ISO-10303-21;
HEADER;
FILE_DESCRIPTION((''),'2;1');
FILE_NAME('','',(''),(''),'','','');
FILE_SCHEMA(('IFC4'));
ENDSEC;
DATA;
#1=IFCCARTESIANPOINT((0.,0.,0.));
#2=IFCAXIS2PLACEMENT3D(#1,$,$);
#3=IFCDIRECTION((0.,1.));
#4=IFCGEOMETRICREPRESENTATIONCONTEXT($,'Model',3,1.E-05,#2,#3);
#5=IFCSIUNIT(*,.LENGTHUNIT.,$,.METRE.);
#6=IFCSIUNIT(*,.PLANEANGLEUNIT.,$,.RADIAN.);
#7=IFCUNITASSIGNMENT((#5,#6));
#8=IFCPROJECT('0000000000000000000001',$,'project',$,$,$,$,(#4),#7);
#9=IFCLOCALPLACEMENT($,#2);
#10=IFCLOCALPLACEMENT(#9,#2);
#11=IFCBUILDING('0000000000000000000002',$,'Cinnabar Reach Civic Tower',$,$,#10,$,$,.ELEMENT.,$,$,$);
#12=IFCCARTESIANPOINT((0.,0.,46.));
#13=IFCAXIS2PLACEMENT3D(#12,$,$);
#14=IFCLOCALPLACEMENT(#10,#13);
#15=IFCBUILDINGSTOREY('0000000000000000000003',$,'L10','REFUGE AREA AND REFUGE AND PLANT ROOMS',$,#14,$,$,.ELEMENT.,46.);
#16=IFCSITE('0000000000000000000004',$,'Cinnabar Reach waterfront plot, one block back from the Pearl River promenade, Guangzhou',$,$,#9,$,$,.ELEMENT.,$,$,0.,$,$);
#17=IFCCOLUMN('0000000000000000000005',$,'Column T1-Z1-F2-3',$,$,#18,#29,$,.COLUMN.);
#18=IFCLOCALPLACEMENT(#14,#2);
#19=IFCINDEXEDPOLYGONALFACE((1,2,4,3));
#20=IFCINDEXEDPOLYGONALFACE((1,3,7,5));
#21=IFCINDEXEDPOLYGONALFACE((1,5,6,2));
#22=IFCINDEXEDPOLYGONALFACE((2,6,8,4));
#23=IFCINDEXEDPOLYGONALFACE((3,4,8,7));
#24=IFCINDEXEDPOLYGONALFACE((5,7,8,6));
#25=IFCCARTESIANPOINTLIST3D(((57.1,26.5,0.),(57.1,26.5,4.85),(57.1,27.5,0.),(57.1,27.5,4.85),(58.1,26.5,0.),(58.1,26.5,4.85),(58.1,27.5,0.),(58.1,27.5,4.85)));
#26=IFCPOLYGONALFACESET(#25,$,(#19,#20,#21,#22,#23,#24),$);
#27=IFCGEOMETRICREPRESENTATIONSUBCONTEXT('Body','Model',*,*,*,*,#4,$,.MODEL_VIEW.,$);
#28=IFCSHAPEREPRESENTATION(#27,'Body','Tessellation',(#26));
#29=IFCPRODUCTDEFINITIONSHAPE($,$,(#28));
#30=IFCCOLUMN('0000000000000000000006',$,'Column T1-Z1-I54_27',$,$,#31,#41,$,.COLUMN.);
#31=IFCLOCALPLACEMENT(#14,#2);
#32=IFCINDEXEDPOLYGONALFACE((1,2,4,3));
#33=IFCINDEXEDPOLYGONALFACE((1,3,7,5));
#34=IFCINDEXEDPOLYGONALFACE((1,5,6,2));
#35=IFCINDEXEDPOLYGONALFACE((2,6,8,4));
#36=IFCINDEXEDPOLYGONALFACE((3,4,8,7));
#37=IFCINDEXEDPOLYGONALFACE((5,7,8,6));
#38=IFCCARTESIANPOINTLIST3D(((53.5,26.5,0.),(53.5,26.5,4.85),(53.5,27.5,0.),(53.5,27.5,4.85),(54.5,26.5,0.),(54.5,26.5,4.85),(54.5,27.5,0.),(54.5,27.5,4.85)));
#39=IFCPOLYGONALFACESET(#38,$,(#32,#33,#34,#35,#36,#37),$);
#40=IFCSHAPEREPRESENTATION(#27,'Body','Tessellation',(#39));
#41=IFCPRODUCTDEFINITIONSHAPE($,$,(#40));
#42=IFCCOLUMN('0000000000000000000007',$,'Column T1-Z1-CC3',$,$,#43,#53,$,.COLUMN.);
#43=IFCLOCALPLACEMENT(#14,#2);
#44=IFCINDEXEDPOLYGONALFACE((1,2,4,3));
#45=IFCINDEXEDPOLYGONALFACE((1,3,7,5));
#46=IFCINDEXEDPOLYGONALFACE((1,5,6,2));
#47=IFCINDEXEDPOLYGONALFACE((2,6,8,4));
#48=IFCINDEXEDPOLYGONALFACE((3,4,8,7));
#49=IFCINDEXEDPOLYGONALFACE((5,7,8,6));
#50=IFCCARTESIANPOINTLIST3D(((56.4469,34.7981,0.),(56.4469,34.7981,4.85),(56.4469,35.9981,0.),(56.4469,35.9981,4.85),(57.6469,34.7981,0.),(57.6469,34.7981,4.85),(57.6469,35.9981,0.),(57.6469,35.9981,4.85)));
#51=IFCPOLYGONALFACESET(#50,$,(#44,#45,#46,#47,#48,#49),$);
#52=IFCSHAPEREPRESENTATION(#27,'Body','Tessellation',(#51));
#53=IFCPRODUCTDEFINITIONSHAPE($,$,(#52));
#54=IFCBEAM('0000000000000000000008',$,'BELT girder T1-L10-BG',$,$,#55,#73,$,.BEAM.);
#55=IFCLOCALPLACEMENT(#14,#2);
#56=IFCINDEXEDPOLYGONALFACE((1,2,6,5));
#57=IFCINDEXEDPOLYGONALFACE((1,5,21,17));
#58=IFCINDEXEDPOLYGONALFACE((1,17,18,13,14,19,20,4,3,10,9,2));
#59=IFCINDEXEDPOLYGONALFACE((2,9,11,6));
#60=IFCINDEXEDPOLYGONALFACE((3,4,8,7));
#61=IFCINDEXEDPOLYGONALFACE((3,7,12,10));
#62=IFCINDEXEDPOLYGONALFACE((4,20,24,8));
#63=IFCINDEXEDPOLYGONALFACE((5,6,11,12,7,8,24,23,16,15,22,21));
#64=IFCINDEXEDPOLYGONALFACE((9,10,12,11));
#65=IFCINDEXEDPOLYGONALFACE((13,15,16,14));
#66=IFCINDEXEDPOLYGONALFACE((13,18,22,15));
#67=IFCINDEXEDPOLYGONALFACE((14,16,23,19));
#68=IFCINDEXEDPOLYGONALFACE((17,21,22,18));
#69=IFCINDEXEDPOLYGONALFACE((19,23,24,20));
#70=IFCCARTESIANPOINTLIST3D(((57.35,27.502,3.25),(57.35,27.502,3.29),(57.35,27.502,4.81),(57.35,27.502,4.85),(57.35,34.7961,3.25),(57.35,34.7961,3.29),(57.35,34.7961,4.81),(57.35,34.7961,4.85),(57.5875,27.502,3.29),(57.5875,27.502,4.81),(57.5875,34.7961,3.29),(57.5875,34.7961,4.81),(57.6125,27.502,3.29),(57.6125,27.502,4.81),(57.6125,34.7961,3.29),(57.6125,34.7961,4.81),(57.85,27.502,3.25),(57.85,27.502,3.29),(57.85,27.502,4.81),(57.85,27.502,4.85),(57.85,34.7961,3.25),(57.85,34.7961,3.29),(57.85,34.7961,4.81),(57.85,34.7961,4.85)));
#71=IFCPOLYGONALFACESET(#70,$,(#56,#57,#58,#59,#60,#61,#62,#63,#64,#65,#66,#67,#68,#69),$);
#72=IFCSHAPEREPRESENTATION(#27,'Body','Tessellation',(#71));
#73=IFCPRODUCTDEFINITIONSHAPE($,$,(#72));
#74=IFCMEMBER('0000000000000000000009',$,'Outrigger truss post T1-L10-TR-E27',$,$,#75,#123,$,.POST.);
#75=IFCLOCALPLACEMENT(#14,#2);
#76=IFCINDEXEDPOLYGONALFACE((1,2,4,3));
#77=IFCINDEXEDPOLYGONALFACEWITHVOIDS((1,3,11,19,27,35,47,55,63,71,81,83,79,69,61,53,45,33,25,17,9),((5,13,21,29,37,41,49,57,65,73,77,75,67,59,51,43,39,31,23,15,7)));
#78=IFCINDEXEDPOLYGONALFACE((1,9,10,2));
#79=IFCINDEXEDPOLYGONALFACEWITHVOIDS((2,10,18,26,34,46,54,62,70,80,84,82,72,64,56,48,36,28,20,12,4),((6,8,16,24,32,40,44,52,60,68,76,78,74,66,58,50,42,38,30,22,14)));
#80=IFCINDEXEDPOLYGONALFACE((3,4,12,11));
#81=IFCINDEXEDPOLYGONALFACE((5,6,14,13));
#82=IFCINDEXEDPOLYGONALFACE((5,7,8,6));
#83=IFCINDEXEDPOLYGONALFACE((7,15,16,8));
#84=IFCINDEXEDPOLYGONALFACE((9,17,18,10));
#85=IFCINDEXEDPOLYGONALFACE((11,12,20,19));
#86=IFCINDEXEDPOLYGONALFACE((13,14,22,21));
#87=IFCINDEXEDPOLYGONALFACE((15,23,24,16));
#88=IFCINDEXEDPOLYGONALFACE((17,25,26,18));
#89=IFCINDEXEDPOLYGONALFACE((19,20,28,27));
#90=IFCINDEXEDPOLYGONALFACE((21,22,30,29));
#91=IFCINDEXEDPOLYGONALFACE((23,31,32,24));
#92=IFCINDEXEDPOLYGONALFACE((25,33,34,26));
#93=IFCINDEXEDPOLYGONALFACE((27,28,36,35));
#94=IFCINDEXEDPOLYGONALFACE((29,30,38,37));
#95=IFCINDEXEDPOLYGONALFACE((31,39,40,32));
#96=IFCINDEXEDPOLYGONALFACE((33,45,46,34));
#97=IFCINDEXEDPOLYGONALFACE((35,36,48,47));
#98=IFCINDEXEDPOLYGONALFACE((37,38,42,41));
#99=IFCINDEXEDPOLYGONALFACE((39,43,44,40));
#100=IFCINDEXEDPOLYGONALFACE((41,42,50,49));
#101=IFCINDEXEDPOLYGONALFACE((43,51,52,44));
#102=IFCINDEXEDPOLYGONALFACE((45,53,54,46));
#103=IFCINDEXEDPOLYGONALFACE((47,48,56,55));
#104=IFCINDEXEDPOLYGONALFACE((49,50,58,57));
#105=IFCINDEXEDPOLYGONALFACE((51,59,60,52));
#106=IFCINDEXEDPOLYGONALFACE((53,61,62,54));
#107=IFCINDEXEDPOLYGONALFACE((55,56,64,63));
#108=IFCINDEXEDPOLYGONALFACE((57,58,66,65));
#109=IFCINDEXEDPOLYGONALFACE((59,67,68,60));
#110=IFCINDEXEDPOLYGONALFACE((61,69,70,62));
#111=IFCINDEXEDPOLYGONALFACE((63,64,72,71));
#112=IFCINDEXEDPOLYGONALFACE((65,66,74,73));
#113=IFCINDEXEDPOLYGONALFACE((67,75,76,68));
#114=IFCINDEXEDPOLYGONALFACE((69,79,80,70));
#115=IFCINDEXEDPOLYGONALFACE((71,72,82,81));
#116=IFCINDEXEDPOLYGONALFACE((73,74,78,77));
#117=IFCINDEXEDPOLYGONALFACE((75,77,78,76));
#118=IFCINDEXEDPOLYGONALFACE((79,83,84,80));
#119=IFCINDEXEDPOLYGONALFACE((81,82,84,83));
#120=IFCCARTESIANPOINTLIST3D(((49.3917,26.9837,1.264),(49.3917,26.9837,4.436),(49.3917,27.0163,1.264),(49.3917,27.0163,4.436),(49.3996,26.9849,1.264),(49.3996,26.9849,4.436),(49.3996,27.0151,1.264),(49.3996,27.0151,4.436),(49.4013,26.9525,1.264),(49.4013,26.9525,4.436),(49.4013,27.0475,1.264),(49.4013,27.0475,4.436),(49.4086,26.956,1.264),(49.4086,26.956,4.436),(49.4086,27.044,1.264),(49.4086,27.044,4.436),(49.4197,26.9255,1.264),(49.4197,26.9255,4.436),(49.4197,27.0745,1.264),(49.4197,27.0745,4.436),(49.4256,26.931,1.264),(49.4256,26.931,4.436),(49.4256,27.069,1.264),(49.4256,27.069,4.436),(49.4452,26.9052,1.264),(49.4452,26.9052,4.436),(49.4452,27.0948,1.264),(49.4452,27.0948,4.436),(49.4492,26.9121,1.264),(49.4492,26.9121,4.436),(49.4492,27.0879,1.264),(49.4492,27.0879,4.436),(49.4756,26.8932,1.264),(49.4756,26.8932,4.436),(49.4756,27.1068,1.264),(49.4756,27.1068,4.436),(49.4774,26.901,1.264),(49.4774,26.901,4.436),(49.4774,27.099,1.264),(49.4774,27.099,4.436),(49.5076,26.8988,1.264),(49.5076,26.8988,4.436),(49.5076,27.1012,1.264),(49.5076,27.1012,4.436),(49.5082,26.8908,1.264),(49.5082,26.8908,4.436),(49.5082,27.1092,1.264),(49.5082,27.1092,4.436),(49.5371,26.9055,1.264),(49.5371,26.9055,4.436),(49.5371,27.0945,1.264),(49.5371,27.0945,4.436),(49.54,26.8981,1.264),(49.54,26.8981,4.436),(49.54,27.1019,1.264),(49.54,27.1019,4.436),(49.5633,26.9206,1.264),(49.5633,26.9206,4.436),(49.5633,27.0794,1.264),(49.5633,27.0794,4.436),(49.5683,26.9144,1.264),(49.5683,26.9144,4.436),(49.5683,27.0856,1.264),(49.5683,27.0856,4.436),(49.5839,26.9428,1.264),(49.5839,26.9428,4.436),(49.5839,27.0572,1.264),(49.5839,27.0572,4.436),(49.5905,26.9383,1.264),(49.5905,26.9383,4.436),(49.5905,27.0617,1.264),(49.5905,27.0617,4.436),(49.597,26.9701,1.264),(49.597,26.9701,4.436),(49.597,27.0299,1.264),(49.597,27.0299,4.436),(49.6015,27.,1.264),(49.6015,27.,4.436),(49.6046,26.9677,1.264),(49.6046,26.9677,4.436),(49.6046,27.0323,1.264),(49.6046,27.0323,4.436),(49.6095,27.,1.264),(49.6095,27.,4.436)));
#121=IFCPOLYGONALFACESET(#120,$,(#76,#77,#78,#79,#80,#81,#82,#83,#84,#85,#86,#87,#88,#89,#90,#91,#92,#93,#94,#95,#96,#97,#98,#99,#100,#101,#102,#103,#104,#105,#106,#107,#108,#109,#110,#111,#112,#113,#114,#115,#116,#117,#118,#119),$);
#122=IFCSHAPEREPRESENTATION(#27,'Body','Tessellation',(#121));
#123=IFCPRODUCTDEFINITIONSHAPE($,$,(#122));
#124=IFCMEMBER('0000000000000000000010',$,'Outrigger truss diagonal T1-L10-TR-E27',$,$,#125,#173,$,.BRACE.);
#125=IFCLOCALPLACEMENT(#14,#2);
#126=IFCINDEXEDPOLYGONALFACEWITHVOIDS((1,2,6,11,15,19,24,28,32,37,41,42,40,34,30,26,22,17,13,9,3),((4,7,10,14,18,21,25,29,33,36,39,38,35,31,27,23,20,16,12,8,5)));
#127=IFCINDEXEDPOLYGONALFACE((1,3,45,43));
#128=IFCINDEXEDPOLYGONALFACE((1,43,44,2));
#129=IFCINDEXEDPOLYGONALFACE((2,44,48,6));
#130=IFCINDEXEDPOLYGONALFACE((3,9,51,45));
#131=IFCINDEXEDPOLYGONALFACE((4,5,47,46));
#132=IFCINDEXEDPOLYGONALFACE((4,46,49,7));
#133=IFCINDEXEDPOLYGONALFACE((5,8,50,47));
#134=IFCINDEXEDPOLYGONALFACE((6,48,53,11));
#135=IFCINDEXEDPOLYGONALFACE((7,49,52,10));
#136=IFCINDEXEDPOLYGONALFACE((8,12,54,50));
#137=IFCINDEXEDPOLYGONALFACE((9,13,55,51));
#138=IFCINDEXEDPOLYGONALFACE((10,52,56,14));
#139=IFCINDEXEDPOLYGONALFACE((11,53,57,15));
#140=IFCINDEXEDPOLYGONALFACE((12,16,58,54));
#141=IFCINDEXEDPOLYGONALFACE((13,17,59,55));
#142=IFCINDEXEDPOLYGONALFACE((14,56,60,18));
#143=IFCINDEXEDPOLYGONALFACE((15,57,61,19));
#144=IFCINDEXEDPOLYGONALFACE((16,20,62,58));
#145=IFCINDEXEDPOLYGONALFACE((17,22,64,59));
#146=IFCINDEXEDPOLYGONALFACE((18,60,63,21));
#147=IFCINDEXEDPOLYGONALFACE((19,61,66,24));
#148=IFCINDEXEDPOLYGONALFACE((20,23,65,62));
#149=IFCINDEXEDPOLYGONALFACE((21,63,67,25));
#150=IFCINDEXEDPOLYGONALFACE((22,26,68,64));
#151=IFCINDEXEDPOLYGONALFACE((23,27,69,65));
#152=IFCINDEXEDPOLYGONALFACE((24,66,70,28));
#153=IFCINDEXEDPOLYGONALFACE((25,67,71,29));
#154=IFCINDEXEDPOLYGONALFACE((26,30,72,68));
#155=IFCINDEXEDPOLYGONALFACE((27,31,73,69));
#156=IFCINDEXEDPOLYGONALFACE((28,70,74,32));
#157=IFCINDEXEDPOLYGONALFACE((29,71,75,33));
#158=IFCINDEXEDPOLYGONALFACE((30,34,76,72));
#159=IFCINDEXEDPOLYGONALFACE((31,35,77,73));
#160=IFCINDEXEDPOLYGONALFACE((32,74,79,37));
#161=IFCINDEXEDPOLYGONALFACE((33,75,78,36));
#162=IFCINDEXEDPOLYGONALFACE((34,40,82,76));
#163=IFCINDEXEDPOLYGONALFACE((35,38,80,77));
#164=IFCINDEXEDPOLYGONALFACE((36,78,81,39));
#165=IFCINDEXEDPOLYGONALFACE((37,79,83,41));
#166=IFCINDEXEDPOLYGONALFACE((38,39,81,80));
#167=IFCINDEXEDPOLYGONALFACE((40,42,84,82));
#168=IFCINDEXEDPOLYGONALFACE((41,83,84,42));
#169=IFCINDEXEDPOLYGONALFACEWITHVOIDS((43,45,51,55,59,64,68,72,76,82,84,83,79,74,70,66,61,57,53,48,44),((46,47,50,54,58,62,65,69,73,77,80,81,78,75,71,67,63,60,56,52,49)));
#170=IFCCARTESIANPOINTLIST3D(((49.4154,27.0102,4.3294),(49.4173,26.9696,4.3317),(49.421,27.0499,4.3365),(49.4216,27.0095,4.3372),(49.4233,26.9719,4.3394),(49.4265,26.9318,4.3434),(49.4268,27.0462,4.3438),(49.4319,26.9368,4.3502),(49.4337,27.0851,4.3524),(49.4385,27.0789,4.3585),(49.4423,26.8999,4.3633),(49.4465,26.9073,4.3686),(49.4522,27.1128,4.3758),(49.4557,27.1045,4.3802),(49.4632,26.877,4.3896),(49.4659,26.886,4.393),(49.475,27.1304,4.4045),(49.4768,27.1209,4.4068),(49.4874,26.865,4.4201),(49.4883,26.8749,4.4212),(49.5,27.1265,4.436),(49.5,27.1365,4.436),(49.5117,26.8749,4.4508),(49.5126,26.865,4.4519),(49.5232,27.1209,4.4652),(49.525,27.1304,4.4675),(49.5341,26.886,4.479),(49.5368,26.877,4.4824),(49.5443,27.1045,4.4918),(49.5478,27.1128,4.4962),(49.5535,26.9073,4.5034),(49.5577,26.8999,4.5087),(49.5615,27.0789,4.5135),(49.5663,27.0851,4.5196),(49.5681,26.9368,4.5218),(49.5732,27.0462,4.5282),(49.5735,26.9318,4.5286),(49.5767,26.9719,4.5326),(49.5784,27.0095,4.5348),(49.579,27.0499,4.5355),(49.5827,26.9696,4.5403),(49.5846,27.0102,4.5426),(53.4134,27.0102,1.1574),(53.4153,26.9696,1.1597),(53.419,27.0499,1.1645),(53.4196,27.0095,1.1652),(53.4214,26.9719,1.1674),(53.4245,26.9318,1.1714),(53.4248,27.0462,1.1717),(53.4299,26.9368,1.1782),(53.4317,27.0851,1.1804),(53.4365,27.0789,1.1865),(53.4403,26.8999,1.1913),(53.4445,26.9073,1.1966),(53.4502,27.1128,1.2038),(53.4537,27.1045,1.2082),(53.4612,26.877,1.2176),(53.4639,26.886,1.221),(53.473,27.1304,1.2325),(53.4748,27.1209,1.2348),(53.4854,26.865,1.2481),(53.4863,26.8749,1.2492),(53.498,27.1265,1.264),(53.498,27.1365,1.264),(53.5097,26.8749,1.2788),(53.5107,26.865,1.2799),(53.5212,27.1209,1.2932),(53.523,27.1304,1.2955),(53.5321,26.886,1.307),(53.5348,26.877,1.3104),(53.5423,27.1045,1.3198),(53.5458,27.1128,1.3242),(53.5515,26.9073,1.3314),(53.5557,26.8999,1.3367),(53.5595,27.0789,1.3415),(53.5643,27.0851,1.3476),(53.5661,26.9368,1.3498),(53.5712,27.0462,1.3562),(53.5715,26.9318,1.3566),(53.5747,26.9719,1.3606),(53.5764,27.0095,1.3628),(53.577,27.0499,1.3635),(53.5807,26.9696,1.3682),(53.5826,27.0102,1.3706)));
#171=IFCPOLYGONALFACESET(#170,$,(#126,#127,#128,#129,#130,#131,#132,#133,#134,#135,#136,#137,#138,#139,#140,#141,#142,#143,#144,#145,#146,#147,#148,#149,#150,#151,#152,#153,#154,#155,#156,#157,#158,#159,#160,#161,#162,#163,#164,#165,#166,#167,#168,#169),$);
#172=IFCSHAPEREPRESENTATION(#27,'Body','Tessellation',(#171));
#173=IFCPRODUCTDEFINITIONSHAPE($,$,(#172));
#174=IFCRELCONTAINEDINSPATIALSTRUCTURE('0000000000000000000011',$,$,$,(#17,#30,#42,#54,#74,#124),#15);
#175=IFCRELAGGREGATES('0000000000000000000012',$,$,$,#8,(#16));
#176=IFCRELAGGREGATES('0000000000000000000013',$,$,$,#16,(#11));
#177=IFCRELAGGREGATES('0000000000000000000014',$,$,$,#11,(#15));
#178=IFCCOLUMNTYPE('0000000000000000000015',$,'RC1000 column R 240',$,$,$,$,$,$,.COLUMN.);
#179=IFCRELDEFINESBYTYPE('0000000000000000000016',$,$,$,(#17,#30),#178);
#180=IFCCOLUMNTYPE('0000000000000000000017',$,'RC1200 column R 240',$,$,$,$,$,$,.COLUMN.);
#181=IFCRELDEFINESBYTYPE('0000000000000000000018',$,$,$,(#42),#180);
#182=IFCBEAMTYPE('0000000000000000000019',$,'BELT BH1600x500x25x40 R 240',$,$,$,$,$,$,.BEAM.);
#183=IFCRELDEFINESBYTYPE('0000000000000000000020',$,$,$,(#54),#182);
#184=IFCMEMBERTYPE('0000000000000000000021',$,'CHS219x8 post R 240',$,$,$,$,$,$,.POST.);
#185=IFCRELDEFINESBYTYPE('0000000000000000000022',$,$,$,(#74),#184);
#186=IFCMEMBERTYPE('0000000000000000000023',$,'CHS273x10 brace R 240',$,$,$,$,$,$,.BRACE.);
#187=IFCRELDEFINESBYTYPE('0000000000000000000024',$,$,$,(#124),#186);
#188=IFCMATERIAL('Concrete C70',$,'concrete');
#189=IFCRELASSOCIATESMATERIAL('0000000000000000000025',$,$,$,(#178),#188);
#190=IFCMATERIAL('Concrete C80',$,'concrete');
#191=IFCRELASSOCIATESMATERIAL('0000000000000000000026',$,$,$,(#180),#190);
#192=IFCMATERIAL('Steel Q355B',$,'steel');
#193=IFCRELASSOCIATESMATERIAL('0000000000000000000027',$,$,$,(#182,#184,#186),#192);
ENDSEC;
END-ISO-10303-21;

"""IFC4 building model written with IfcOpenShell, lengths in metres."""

from ifc_helpers import new_model, si_unit, direction, frame, origin, origin_2d, place, context, subcontext, project, spatial, rectangle, hollow_circle, i_section, extrude, material, material_profile, profile_set, type_object, element, save


model = new_model("IFC4")

# Units and contexts
model_context = context("Model", 3, precision=1e-05, world=origin(), true_north=direction((0.0, 1.0)))
body_context = subcontext(model_context, "Body", "Model", "MODEL_VIEW")
ifc_project = project(units=[si_unit("LENGTHUNIT", "METRE"), si_unit("PLANEANGLEUNIT", "RADIAN")], contexts=[model_context])

# Site, building, storey
site_placement = place(None, origin())
site = spatial("IfcSite", under=ifc_project, at=site_placement, Name="Cinnabar Reach waterfront plot, one block back from the Pearl River promenade, Guangzhou", CompositionType="ELEMENT", RefElevation=0.0)
building_placement = place(site_placement, origin())
building = spatial("IfcBuilding", under=site, at=building_placement, Name="Cinnabar Reach Civic Tower", CompositionType="ELEMENT")
storey_placement = place(building_placement, frame((0.0, 0.0, 46.0)))
storey = spatial("IfcBuildingStorey", under=building, at=storey_placement, Name="L10", Description="REFUGE AREA AND REFUGE AND PLANT ROOMS", CompositionType="ELEMENT", Elevation=46.0)

# Columns
ifc_material_1 = material(Name="Concrete C70", Category="concrete")
ifc_material_profile_1 = material_profile(ifc_material_1, rectangle(XDim=1.0, YDim=1.0, at=origin_2d()), Name="RC1000")
ifc_profile_set_1 = profile_set([ifc_material_profile_1], Name="Concrete C70")
column_type_1 = type_object("IfcColumnType", Name="RC1000 column R 240", PredefinedType="COLUMN", material=ifc_profile_set_1)
for number, where, z_axis, x_axis, name in (
    (1, (57.6, 27.0, 0.0), (0.0, 0.0, 1.0), (1.0, 0.0, 0.0), "Column T1-Z1-F2-3"),
    (2, (54.0, 27.0, 0.0), (0.0, 0.0, 1.0), (1.0, 0.0, 0.0), "Column T1-Z1-I54_27"),
):
    element("IfcColumn", number, at=place(storey_placement, frame(where, z_axis=z_axis, x_axis=x_axis)), inside=storey, type_object=column_type_1, Name=name, PredefinedType="COLUMN", context=body_context, shape_type="SweptSolid", body=[
        extrude(rectangle(XDim=1.0, YDim=1.0, at=origin_2d()), origin(), (0.0, 0.0, 1.0), 4.85),
    ])
ifc_material_2 = material(Name="Concrete C80", Category="concrete")
ifc_material_profile_2 = material_profile(ifc_material_2, rectangle(XDim=1.2, YDim=1.2, at=origin_2d()), Name="RC1200")
ifc_profile_set_2 = profile_set([ifc_material_profile_2], Name="Concrete C80")
column_type_2 = type_object("IfcColumnType", Name="RC1200 column R 240", PredefinedType="COLUMN", material=ifc_profile_set_2)
column_placement = place(storey_placement, frame((57.0469, 35.3981, 0.0), z_axis=(0.0, 0.0, 1.0), x_axis=(1.0, 0.0, 0.0)))
element("IfcColumn", 3, at=column_placement, inside=storey, type_object=column_type_2, Name="Column T1-Z1-CC3", PredefinedType="COLUMN", context=body_context, shape_type="SweptSolid", body=[
    extrude(rectangle(XDim=1.2, YDim=1.2, at=origin_2d()), origin(), (0.0, 0.0, 1.0), 4.85),
])

# Beam
ifc_material_3 = material(Name="Steel Q355B", Category="steel")
ifc_material_profile_3 = material_profile(ifc_material_3, i_section(OverallWidth=0.5, OverallDepth=1.6, WebThickness=0.025, FlangeThickness=0.04, at=origin_2d()), Name="BH1600x500x25x40")
ifc_profile_set_3 = profile_set([ifc_material_profile_3], Name="Steel Q355B")
beam_type_1 = type_object("IfcBeamType", Name="BELT BH1600x500x25x40 R 240", PredefinedType="BEAM", material=ifc_profile_set_3)
beam_1_placement = place(storey_placement, frame((57.6, 34.7961, 4.05), z_axis=(0.0, -1.0, 0.0), x_axis=(1.0, 0.0, 0.0)))
element("IfcBeam", 4, at=beam_1_placement, inside=storey, type_object=beam_type_1, Name="BELT girder T1-L10-BG", PredefinedType="BEAM", context=body_context, shape_type="SweptSolid", body=[
    extrude(i_section(OverallWidth=0.5, OverallDepth=1.6, WebThickness=0.025, FlangeThickness=0.04, at=origin_2d()), origin(), (0.0, 0.0, 1.0), 7.2941),
])

# Members
ifc_material_profile_4 = material_profile(ifc_material_3, hollow_circle(Radius=0.1095, WallThickness=0.008, at=origin_2d()), Name="CHS219x8")
ifc_profile_set_4 = profile_set([ifc_material_profile_4], Name="Steel Q355B")
member_type_1 = type_object("IfcMemberType", Name="CHS219x8 post R 240", PredefinedType="POST", material=ifc_profile_set_4)
member_1_placement = place(storey_placement, frame((49.5, 27.0, 1.264), z_axis=(0.0, 0.0, 1.0), x_axis=(1.0, 0.0, 0.0)))
element("IfcMember", 5, at=member_1_placement, inside=storey, type_object=member_type_1, Name="Outrigger truss post T1-L10-TR-E27", PredefinedType="POST", context=body_context, shape_type="SweptSolid", body=[
    extrude(hollow_circle(Radius=0.1095, WallThickness=0.008, at=origin_2d()), origin(), (0.0, 0.0, 1.0), 3.172),
])
ifc_material_profile_5 = material_profile(ifc_material_3, hollow_circle(Radius=0.1365, WallThickness=0.01, at=origin_2d()), Name="CHS273x10")
ifc_profile_set_5 = profile_set([ifc_material_profile_5], Name="Steel Q355B")
member_type_2 = type_object("IfcMemberType", Name="CHS273x10 brace R 240", PredefinedType="BRACE", material=ifc_profile_set_5)
member_2_placement = place(storey_placement, frame((49.5, 27.0, 4.436), z_axis=(0.783386, 0.0, -0.621536), x_axis=(0.0, 1.0, 0.0)))
element("IfcMember", 6, at=member_2_placement, inside=storey, type_object=member_type_2, Name="Outrigger truss diagonal T1-L10-TR-E27", PredefinedType="BRACE", context=body_context, shape_type="SweptSolid", body=[
    extrude(hollow_circle(Radius=0.1365, WallThickness=0.01, at=origin_2d()), origin(), (0.0, 0.0, 1.0), 5.1035),
])

save(model, "model.ifc")
